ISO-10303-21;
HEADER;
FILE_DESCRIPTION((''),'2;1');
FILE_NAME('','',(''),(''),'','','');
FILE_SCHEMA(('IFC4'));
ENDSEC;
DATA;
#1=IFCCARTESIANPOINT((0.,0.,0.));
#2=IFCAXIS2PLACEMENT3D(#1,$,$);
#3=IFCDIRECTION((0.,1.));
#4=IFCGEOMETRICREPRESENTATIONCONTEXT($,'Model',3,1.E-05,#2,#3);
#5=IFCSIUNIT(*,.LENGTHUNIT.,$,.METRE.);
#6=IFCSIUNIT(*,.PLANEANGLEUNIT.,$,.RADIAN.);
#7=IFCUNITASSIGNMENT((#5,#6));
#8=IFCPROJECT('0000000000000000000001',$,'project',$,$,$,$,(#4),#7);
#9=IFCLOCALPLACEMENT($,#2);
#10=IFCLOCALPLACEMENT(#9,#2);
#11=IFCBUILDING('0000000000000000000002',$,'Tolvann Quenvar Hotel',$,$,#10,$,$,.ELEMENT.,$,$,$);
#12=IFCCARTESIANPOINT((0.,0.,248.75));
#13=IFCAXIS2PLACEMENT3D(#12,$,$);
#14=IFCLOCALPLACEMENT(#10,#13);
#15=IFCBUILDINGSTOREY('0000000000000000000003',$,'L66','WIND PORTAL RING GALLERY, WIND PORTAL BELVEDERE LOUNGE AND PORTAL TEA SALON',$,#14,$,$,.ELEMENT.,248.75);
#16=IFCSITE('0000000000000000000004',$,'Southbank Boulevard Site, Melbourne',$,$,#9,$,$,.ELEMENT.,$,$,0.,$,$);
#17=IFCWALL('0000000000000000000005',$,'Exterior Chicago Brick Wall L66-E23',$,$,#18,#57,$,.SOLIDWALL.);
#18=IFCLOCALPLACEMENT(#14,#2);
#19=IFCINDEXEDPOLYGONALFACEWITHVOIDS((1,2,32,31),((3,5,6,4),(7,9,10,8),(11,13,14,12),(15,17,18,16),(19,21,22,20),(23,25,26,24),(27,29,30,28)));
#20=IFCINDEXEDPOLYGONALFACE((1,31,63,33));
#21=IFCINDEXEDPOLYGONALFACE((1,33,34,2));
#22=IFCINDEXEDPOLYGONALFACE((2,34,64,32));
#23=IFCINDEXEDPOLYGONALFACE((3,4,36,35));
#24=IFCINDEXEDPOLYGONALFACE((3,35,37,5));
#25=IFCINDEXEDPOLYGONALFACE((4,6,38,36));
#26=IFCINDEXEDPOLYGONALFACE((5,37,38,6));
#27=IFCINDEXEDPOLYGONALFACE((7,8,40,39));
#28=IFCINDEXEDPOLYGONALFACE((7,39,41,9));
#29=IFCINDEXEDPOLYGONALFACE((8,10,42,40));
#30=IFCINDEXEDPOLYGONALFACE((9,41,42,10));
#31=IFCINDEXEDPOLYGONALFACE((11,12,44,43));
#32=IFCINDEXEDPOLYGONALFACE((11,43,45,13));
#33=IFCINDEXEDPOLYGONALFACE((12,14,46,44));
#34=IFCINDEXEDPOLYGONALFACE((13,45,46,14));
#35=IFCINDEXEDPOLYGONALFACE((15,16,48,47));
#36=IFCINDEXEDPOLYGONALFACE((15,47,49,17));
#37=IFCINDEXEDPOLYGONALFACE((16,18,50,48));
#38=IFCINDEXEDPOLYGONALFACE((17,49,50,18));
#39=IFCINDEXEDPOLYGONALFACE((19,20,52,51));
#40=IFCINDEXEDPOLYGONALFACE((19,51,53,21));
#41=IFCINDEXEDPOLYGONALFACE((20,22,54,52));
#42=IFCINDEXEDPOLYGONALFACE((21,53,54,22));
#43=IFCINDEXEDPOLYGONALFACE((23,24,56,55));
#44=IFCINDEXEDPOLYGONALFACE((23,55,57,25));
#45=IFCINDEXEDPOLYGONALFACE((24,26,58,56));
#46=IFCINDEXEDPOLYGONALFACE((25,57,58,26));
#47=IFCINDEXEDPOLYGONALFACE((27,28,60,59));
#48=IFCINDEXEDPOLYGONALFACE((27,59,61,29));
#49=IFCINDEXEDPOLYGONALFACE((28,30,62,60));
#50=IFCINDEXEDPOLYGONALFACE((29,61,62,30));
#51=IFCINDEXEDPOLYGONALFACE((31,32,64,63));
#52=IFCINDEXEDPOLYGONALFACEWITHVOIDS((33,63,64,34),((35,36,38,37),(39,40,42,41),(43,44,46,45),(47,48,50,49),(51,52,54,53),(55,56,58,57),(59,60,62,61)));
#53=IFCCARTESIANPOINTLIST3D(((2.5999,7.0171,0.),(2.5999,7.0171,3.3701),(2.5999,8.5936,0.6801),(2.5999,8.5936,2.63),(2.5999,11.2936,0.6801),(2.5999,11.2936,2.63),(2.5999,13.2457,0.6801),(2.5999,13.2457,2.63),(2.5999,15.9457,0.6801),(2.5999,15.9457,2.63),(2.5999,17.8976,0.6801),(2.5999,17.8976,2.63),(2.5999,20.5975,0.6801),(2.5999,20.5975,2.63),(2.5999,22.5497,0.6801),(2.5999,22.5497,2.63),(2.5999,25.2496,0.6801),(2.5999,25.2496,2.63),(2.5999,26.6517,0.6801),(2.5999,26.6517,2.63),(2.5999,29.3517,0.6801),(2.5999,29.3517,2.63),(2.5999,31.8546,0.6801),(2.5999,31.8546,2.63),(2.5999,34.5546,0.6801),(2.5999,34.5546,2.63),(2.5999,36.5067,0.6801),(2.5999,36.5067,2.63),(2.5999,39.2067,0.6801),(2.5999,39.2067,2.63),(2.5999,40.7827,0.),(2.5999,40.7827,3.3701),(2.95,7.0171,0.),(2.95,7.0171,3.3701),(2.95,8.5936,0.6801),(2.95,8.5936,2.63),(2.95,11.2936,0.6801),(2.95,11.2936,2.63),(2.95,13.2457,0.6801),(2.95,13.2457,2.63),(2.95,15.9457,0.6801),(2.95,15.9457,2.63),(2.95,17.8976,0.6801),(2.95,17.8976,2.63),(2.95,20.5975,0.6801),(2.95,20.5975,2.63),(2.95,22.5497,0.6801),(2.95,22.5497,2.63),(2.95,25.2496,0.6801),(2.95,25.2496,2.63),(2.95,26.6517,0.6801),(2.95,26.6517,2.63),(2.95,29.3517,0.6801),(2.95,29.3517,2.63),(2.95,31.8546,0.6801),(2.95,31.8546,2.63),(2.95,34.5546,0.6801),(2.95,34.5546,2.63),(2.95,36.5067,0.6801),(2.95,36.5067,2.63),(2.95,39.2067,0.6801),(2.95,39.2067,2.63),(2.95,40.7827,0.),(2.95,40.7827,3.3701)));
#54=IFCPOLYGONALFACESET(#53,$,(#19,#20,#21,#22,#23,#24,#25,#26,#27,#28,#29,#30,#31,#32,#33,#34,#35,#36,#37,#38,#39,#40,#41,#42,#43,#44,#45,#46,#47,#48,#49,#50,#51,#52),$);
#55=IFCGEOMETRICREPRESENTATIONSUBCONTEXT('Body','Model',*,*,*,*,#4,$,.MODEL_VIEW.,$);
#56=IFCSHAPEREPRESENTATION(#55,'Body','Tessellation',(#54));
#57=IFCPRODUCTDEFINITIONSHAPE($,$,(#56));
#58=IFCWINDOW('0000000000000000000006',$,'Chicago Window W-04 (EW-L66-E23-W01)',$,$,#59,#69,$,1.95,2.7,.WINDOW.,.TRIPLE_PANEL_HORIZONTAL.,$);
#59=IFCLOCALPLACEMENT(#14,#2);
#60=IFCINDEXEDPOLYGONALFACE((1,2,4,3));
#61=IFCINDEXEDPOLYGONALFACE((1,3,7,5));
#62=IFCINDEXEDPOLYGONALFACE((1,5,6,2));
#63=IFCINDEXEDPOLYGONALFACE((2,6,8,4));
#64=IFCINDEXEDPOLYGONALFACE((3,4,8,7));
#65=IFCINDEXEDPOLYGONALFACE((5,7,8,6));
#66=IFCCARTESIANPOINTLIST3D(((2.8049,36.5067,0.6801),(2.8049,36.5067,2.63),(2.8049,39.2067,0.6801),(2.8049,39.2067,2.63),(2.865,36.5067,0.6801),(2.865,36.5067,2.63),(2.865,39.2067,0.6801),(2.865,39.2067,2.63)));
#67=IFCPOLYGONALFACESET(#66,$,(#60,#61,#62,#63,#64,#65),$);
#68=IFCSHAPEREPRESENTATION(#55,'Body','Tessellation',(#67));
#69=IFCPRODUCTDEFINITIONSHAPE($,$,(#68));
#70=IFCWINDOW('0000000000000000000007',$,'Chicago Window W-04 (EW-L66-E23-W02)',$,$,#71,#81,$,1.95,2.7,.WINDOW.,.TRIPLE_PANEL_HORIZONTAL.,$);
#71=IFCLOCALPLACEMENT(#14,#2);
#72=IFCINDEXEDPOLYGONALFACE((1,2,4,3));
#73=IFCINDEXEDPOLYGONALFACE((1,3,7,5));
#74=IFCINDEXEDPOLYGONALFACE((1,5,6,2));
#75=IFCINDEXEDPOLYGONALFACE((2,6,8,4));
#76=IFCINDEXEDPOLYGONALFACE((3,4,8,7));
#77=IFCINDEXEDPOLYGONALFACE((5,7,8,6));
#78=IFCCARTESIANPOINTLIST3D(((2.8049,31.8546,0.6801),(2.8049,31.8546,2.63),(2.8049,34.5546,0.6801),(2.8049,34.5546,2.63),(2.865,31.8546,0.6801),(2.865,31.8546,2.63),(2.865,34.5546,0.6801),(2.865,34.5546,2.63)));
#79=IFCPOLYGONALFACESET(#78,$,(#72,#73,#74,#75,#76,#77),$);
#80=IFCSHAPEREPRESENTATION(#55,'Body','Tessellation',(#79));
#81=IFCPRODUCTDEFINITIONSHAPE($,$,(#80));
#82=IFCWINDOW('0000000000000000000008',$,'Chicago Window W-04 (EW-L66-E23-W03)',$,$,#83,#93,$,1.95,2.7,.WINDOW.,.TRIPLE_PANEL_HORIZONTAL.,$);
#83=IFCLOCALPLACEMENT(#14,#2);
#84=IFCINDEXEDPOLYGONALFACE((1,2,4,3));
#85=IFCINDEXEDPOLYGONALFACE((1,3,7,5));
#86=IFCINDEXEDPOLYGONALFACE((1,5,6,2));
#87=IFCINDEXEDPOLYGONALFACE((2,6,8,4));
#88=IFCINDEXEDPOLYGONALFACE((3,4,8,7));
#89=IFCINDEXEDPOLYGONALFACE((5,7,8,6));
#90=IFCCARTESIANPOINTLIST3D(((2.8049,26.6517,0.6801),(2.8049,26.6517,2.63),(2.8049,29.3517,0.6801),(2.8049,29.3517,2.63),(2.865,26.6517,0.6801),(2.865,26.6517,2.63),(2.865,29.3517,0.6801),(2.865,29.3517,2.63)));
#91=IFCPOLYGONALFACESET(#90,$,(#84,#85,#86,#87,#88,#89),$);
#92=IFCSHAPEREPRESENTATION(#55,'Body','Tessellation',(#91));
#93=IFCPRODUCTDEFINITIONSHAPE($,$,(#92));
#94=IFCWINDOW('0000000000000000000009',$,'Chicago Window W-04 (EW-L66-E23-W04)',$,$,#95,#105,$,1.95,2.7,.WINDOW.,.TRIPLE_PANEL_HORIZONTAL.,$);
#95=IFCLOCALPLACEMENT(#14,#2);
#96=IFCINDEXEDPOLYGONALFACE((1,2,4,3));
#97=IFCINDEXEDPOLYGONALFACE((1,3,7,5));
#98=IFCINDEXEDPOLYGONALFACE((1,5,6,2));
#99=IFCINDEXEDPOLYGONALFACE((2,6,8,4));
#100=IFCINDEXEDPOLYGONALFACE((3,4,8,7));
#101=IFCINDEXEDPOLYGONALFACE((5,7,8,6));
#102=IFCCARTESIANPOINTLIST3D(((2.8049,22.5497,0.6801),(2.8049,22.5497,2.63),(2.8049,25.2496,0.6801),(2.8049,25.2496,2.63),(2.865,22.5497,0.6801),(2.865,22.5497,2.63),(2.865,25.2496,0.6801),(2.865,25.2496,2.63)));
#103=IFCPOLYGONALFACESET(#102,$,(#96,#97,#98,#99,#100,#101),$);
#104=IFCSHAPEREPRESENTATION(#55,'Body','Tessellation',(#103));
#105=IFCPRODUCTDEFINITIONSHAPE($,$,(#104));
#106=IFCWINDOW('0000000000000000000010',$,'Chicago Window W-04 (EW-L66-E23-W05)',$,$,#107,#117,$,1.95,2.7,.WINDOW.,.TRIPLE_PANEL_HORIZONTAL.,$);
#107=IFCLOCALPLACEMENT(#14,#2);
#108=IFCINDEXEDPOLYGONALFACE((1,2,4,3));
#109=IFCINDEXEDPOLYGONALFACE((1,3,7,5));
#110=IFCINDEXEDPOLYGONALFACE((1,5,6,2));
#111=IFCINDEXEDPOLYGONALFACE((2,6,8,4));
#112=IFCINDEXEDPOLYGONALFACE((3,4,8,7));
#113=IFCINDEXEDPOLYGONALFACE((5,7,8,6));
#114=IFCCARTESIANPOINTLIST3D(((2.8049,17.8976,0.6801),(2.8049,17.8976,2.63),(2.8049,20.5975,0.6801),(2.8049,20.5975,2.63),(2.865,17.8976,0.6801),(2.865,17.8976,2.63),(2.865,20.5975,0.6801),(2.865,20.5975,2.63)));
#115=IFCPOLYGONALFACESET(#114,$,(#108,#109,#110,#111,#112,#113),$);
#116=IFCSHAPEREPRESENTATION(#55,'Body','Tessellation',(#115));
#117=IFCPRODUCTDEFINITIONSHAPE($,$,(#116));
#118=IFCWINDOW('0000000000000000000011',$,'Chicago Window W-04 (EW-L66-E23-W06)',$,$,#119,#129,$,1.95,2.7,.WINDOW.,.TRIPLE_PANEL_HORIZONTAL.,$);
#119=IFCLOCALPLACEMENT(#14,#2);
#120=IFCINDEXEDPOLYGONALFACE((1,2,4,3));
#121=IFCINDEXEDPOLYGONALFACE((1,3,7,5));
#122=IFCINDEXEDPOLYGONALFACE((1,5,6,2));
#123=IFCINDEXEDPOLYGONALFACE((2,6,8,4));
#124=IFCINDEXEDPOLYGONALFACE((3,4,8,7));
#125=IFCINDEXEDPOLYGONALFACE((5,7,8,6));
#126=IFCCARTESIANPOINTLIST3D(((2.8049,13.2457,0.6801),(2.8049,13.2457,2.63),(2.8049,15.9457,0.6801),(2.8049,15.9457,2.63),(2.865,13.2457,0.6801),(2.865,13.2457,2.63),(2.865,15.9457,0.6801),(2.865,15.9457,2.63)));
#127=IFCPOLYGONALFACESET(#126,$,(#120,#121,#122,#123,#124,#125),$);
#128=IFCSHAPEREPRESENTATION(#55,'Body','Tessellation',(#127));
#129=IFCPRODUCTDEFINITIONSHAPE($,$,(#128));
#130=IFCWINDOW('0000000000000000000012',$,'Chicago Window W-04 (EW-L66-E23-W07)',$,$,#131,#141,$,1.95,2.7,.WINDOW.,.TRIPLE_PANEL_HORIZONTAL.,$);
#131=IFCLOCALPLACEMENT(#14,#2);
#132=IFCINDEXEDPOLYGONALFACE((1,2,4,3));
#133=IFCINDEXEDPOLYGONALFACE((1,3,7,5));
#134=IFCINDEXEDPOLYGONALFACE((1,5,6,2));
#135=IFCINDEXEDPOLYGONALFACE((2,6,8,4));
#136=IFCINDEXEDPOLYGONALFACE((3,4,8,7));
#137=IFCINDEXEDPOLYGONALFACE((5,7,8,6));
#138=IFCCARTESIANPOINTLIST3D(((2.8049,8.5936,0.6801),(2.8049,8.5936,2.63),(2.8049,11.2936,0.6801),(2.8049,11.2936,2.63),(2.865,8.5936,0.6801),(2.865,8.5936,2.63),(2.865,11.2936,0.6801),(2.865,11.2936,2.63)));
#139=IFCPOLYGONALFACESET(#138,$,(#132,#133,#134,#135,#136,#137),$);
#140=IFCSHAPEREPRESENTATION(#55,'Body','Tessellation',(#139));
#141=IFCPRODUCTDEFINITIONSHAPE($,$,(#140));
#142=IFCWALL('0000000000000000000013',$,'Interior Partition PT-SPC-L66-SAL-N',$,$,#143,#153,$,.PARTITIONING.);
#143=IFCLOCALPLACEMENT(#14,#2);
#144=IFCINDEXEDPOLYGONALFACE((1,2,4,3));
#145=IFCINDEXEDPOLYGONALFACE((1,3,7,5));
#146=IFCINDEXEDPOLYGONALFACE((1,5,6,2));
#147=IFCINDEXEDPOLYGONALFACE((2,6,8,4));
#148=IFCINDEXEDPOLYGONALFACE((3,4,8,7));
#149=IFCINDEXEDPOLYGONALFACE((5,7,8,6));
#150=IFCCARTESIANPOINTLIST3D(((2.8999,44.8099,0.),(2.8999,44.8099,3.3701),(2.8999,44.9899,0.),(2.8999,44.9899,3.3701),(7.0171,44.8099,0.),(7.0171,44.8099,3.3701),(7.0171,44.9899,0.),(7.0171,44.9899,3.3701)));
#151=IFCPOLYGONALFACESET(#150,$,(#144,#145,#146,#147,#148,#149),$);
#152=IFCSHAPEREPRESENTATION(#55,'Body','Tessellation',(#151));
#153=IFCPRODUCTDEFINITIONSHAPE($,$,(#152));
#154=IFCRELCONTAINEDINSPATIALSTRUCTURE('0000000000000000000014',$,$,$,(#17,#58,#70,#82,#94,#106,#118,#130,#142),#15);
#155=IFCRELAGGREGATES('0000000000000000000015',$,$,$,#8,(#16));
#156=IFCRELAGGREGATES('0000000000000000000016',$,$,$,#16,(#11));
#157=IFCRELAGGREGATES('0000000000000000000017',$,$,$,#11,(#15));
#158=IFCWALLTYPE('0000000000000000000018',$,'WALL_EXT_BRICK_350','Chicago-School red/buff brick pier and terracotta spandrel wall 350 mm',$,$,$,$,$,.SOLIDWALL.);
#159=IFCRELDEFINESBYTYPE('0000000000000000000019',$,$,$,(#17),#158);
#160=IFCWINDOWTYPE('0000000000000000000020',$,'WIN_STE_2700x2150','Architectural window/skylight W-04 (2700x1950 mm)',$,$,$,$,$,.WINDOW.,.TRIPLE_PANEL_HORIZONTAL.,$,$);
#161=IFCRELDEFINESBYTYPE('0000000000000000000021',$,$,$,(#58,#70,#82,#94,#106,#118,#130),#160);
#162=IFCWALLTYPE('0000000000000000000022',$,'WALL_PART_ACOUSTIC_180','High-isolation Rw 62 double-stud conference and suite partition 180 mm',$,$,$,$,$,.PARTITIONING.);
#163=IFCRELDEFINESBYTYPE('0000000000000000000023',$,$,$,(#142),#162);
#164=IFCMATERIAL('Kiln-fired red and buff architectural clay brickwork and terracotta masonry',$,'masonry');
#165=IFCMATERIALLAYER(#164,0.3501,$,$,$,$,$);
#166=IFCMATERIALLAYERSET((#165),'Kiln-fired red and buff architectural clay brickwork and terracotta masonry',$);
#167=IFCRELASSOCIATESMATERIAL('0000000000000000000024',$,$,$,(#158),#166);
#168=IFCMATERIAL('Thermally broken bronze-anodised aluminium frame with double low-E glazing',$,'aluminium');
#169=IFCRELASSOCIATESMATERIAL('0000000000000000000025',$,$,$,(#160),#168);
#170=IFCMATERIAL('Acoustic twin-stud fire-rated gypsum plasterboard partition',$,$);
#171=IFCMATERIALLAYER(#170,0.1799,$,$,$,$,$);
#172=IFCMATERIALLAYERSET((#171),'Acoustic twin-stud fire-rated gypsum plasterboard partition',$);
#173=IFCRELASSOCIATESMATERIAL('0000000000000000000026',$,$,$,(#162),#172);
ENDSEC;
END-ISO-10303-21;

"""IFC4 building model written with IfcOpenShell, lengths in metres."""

from ifc_helpers import new_model, si_unit, direction, frame, frame_2d, origin, place, context, subcontext, project, spatial, rectangle, extrude, source, transform, mapped, material, layer, layer_set, type_object, type_shapes, element, fill, save


model = new_model("IFC4")

# Units and contexts
model_context = context("Model", 3, precision=1e-05, world=origin(), true_north=direction((0.0, 1.0)))
body_context = subcontext(model_context, "Body", "Model", "MODEL_VIEW")
ifc_project = project(units=[si_unit("LENGTHUNIT", "METRE"), si_unit("PLANEANGLEUNIT", "RADIAN")], contexts=[model_context])

# Site, building, storey
site_placement = place(None, origin())
site = spatial("IfcSite", under=ifc_project, at=site_placement, Name="Southbank Boulevard Site, Melbourne", CompositionType="ELEMENT", RefElevation=0.0)
building_placement = place(site_placement, origin())
building = spatial("IfcBuilding", under=site, at=building_placement, Name="Tolvann Quenvar Hotel", CompositionType="ELEMENT")
storey_placement = place(building_placement, frame((0.0, 0.0, 248.75)))
storey = spatial("IfcBuildingStorey", under=building, at=storey_placement, Name="L66", Description="WIND PORTAL RING GALLERY, WIND PORTAL BELVEDERE LOUNGE AND PORTAL TEA SALON", CompositionType="ELEMENT", Elevation=248.75)

# Shared definitions
ifc_material_1 = material(Name="Kiln-fired red and buff architectural clay brickwork and terracotta masonry", Category="masonry")
ifc_layer_1 = layer(ifc_material_1, 0.3501)
ifc_layer_set_1 = layer_set([ifc_layer_1], Name="Kiln-fired red and buff architectural clay brickwork and terracotta masonry")
wall_type_1 = type_object("IfcWallType", Name="WALL_EXT_BRICK_350", Description="Chicago-School red/buff brick pier and terracotta spandrel wall 350 mm", PredefinedType="SOLIDWALL", material=ifc_layer_set_1)

# Wall, openings, windows
wall_1_placement = place(storey_placement, frame((2.7749, 40.7827, 0.0), z_axis=(0.0, 0.0, 1.0), x_axis=(0.0, -1.0, 0.0)))
wall_1 = element("IfcWall", 1, at=wall_1_placement, inside=storey, type_object=wall_type_1, Name="Exterior Chicago Brick Wall L66-E23", PredefinedType="SOLIDWALL", context=body_context, shape_type="SweptSolid", body=[
    extrude(rectangle(XDim=33.7656, YDim=0.3501, at=frame_2d((16.8828, 0.0))), origin(), (0.0, 0.0, 1.0), 3.3701),
])
opening_1_placement = place(wall_1_placement, frame((1.5759, 0.0, 0.6799)))
opening_1 = element("IfcOpeningElement", 2, at=opening_1_placement, cuts=wall_1, PredefinedType="OPENING", context=body_context, shape_type="SweptSolid", body=[
    extrude(rectangle(XDim=2.7, YDim=1.95, at=frame_2d((1.3501, 0.9751))), frame((0.0, 0.1851, 0.0), z_axis=(0.0, -1.0, 0.0), x_axis=(1.0, 0.0, 0.0)), (0.0, 0.0, 1.0), 0.3701),
])
opening_2_placement = place(wall_1_placement, frame((6.228, 0.0, 0.6799)))
opening_2 = element("IfcOpeningElement", 3, at=opening_2_placement, cuts=wall_1, PredefinedType="OPENING", context=body_context, shape_type="SweptSolid", body=[
    extrude(rectangle(XDim=2.7, YDim=1.95, at=frame_2d((1.3501, 0.9751))), frame((0.0, 0.1851, 0.0), z_axis=(0.0, -1.0, 0.0), x_axis=(1.0, 0.0, 0.0)), (0.0, 0.0, 1.0), 0.3701),
])
opening_3_placement = place(wall_1_placement, frame((11.4309, 0.0, 0.6799)))
opening_3 = element("IfcOpeningElement", 4, at=opening_3_placement, cuts=wall_1, PredefinedType="OPENING", context=body_context, shape_type="SweptSolid", body=[
    extrude(rectangle(XDim=2.7, YDim=1.95, at=frame_2d((1.3501, 0.9751))), frame((0.0, 0.1851, 0.0), z_axis=(0.0, -1.0, 0.0), x_axis=(1.0, 0.0, 0.0)), (0.0, 0.0, 1.0), 0.3701),
])
opening_4_placement = place(wall_1_placement, frame((15.533, 0.0, 0.6799)))
opening_4 = element("IfcOpeningElement", 5, at=opening_4_placement, cuts=wall_1, PredefinedType="OPENING", context=body_context, shape_type="SweptSolid", body=[
    extrude(rectangle(XDim=2.7, YDim=1.95, at=frame_2d((1.3501, 0.9751))), frame((0.0, 0.1851, 0.0), z_axis=(0.0, -1.0, 0.0), x_axis=(1.0, 0.0, 0.0)), (0.0, 0.0, 1.0), 0.3701),
])
opening_5_placement = place(wall_1_placement, frame((20.1851, 0.0, 0.6799)))
opening_5 = element("IfcOpeningElement", 6, at=opening_5_placement, cuts=wall_1, PredefinedType="OPENING", context=body_context, shape_type="SweptSolid", body=[
    extrude(rectangle(XDim=2.7, YDim=1.95, at=frame_2d((1.3501, 0.9751))), frame((0.0, 0.1851, 0.0), z_axis=(0.0, -1.0, 0.0), x_axis=(1.0, 0.0, 0.0)), (0.0, 0.0, 1.0), 0.3701),
])
opening_6_placement = place(wall_1_placement, frame((24.8369, 0.0, 0.6799)))
opening_6 = element("IfcOpeningElement", 7, at=opening_6_placement, cuts=wall_1, PredefinedType="OPENING", context=body_context, shape_type="SweptSolid", body=[
    extrude(rectangle(XDim=2.7, YDim=1.95, at=frame_2d((1.3501, 0.9751))), frame((0.0, 0.1851, 0.0), z_axis=(0.0, -1.0, 0.0), x_axis=(1.0, 0.0, 0.0)), (0.0, 0.0, 1.0), 0.3701),
])
opening_7_placement = place(wall_1_placement, frame((29.489, 0.0, 0.6799)))
opening_7 = element("IfcOpeningElement", 8, at=opening_7_placement, cuts=wall_1, PredefinedType="OPENING", context=body_context, shape_type="SweptSolid", body=[
    extrude(rectangle(XDim=2.7, YDim=1.95, at=frame_2d((1.3501, 0.9751))), frame((0.0, 0.1851, 0.0), z_axis=(0.0, -1.0, 0.0), x_axis=(1.0, 0.0, 0.0)), (0.0, 0.0, 1.0), 0.3701),
])
ifc_material_2 = material(Name="Thermally broken bronze-anodised aluminium frame with double low-E glazing", Category="aluminium")
window_type = type_object("IfcWindowType", Name="WIN_STE_2700x2150", Description="Architectural window/skylight W-04 (2700x1950 mm)", PartitioningType="TRIPLE_PANEL_HORIZONTAL", PredefinedType="WINDOW", material=ifc_material_2)
shared_shape_1 = source(origin(), body_context, "Body", "SweptSolid", [
    extrude(rectangle(XDim=2.7, YDim=1.95, at=frame_2d((1.3501, 0.9751))), frame((0.0, 0.0901, 0.0), z_axis=(0.0, -1.0, 0.0), x_axis=(1.0, 0.0, 0.0)), (0.0, 0.0, 1.0), 0.0601),
])
type_shapes(window_type, [shared_shape_1])
window_1_placement = place(opening_1_placement, origin())
window_1 = element("IfcWindow", 9, at=window_1_placement, inside=storey, type_object=window_type, Name="Chicago Window W-04 (EW-L66-E23-W01)", OverallHeight=1.95, OverallWidth=2.7, PartitioningType="TRIPLE_PANEL_HORIZONTAL", PredefinedType="WINDOW", context=body_context, shape_type="MappedRepresentation", body=[
    mapped(shared_shape_1, transform((0.0, 0.0, 0.0), x_axis=(1.0, 0.0, 0.0), y_axis=(0.0, 1.0, 0.0), z_axis=(0.0, 0.0, 1.0), scale=1.0)),
])
fill(opening_1, window_1)
window_2_placement = place(opening_2_placement, origin())
window_2 = element("IfcWindow", 10, at=window_2_placement, inside=storey, type_object=window_type, Name="Chicago Window W-04 (EW-L66-E23-W02)", OverallHeight=1.95, OverallWidth=2.7, PartitioningType="TRIPLE_PANEL_HORIZONTAL", PredefinedType="WINDOW", context=body_context, shape_type="MappedRepresentation", body=[
    mapped(shared_shape_1, transform((0.0, 0.0, 0.0), x_axis=(1.0, 0.0, 0.0), y_axis=(0.0, 1.0, 0.0), z_axis=(0.0, 0.0, 1.0), scale=1.0)),
])
fill(opening_2, window_2)
window_3_placement = place(opening_3_placement, origin())
window_3 = element("IfcWindow", 11, at=window_3_placement, inside=storey, type_object=window_type, Name="Chicago Window W-04 (EW-L66-E23-W03)", OverallHeight=1.95, OverallWidth=2.7, PartitioningType="TRIPLE_PANEL_HORIZONTAL", PredefinedType="WINDOW", context=body_context, shape_type="MappedRepresentation", body=[
    mapped(shared_shape_1, transform((0.0, 0.0, 0.0), x_axis=(1.0, 0.0, 0.0), y_axis=(0.0, 1.0, 0.0), z_axis=(0.0, 0.0, 1.0), scale=1.0)),
])
fill(opening_3, window_3)
window_4_placement = place(opening_4_placement, origin())
window_4 = element("IfcWindow", 12, at=window_4_placement, inside=storey, type_object=window_type, Name="Chicago Window W-04 (EW-L66-E23-W04)", OverallHeight=1.95, OverallWidth=2.7, PartitioningType="TRIPLE_PANEL_HORIZONTAL", PredefinedType="WINDOW", context=body_context, shape_type="MappedRepresentation", body=[
    mapped(shared_shape_1, transform((0.0, 0.0, 0.0), x_axis=(1.0, 0.0, 0.0), y_axis=(0.0, 1.0, 0.0), z_axis=(0.0, 0.0, 1.0), scale=1.0)),
])
fill(opening_4, window_4)
window_5_placement = place(opening_5_placement, origin())
window_5 = element("IfcWindow", 13, at=window_5_placement, inside=storey, type_object=window_type, Name="Chicago Window W-04 (EW-L66-E23-W05)", OverallHeight=1.95, OverallWidth=2.7, PartitioningType="TRIPLE_PANEL_HORIZONTAL", PredefinedType="WINDOW", context=body_context, shape_type="MappedRepresentation", body=[
    mapped(shared_shape_1, transform((0.0, 0.0, 0.0), x_axis=(1.0, 0.0, 0.0), y_axis=(0.0, 1.0, 0.0), z_axis=(0.0, 0.0, 1.0), scale=1.0)),
])
fill(opening_5, window_5)
window_6_placement = place(opening_6_placement, origin())
window_6 = element("IfcWindow", 14, at=window_6_placement, inside=storey, type_object=window_type, Name="Chicago Window W-04 (EW-L66-E23-W06)", OverallHeight=1.95, OverallWidth=2.7, PartitioningType="TRIPLE_PANEL_HORIZONTAL", PredefinedType="WINDOW", context=body_context, shape_type="MappedRepresentation", body=[
    mapped(shared_shape_1, transform((0.0, 0.0, 0.0), x_axis=(1.0, 0.0, 0.0), y_axis=(0.0, 1.0, 0.0), z_axis=(0.0, 0.0, 1.0), scale=1.0)),
])
fill(opening_6, window_6)
window_7_placement = place(opening_7_placement, origin())
window_7 = element("IfcWindow", 15, at=window_7_placement, inside=storey, type_object=window_type, Name="Chicago Window W-04 (EW-L66-E23-W07)", OverallHeight=1.95, OverallWidth=2.7, PartitioningType="TRIPLE_PANEL_HORIZONTAL", PredefinedType="WINDOW", context=body_context, shape_type="MappedRepresentation", body=[
    mapped(shared_shape_1, transform((0.0, 0.0, 0.0), x_axis=(1.0, 0.0, 0.0), y_axis=(0.0, 1.0, 0.0), z_axis=(0.0, 0.0, 1.0), scale=1.0)),
])
fill(opening_7, window_7)

# Wall
ifc_material_3 = material(Name="Acoustic twin-stud fire-rated gypsum plasterboard partition")
ifc_layer_2 = layer(ifc_material_3, 0.1799)
ifc_layer_set_2 = layer_set([ifc_layer_2], Name="Acoustic twin-stud fire-rated gypsum plasterboard partition")
wall_type_2 = type_object("IfcWallType", Name="WALL_PART_ACOUSTIC_180", Description="High-isolation Rw 62 double-stud conference and suite partition 180 mm", PredefinedType="PARTITIONING", material=ifc_layer_set_2)
wall_2_placement = place(storey_placement, frame((2.8999, 44.8999, 0.0), z_axis=(0.0, 0.0, 1.0), x_axis=(1.0, 0.0, 0.0)))
element("IfcWall", 16, at=wall_2_placement, inside=storey, type_object=wall_type_2, Name="Interior Partition PT-SPC-L66-SAL-N", PredefinedType="PARTITIONING", context=body_context, shape_type="SweptSolid", body=[
    extrude(rectangle(XDim=4.1172, YDim=0.1799, at=frame_2d((2.0586, 0.0))), origin(), (0.0, 0.0, 1.0), 3.3701),
])

save(model, "model.ifc")
